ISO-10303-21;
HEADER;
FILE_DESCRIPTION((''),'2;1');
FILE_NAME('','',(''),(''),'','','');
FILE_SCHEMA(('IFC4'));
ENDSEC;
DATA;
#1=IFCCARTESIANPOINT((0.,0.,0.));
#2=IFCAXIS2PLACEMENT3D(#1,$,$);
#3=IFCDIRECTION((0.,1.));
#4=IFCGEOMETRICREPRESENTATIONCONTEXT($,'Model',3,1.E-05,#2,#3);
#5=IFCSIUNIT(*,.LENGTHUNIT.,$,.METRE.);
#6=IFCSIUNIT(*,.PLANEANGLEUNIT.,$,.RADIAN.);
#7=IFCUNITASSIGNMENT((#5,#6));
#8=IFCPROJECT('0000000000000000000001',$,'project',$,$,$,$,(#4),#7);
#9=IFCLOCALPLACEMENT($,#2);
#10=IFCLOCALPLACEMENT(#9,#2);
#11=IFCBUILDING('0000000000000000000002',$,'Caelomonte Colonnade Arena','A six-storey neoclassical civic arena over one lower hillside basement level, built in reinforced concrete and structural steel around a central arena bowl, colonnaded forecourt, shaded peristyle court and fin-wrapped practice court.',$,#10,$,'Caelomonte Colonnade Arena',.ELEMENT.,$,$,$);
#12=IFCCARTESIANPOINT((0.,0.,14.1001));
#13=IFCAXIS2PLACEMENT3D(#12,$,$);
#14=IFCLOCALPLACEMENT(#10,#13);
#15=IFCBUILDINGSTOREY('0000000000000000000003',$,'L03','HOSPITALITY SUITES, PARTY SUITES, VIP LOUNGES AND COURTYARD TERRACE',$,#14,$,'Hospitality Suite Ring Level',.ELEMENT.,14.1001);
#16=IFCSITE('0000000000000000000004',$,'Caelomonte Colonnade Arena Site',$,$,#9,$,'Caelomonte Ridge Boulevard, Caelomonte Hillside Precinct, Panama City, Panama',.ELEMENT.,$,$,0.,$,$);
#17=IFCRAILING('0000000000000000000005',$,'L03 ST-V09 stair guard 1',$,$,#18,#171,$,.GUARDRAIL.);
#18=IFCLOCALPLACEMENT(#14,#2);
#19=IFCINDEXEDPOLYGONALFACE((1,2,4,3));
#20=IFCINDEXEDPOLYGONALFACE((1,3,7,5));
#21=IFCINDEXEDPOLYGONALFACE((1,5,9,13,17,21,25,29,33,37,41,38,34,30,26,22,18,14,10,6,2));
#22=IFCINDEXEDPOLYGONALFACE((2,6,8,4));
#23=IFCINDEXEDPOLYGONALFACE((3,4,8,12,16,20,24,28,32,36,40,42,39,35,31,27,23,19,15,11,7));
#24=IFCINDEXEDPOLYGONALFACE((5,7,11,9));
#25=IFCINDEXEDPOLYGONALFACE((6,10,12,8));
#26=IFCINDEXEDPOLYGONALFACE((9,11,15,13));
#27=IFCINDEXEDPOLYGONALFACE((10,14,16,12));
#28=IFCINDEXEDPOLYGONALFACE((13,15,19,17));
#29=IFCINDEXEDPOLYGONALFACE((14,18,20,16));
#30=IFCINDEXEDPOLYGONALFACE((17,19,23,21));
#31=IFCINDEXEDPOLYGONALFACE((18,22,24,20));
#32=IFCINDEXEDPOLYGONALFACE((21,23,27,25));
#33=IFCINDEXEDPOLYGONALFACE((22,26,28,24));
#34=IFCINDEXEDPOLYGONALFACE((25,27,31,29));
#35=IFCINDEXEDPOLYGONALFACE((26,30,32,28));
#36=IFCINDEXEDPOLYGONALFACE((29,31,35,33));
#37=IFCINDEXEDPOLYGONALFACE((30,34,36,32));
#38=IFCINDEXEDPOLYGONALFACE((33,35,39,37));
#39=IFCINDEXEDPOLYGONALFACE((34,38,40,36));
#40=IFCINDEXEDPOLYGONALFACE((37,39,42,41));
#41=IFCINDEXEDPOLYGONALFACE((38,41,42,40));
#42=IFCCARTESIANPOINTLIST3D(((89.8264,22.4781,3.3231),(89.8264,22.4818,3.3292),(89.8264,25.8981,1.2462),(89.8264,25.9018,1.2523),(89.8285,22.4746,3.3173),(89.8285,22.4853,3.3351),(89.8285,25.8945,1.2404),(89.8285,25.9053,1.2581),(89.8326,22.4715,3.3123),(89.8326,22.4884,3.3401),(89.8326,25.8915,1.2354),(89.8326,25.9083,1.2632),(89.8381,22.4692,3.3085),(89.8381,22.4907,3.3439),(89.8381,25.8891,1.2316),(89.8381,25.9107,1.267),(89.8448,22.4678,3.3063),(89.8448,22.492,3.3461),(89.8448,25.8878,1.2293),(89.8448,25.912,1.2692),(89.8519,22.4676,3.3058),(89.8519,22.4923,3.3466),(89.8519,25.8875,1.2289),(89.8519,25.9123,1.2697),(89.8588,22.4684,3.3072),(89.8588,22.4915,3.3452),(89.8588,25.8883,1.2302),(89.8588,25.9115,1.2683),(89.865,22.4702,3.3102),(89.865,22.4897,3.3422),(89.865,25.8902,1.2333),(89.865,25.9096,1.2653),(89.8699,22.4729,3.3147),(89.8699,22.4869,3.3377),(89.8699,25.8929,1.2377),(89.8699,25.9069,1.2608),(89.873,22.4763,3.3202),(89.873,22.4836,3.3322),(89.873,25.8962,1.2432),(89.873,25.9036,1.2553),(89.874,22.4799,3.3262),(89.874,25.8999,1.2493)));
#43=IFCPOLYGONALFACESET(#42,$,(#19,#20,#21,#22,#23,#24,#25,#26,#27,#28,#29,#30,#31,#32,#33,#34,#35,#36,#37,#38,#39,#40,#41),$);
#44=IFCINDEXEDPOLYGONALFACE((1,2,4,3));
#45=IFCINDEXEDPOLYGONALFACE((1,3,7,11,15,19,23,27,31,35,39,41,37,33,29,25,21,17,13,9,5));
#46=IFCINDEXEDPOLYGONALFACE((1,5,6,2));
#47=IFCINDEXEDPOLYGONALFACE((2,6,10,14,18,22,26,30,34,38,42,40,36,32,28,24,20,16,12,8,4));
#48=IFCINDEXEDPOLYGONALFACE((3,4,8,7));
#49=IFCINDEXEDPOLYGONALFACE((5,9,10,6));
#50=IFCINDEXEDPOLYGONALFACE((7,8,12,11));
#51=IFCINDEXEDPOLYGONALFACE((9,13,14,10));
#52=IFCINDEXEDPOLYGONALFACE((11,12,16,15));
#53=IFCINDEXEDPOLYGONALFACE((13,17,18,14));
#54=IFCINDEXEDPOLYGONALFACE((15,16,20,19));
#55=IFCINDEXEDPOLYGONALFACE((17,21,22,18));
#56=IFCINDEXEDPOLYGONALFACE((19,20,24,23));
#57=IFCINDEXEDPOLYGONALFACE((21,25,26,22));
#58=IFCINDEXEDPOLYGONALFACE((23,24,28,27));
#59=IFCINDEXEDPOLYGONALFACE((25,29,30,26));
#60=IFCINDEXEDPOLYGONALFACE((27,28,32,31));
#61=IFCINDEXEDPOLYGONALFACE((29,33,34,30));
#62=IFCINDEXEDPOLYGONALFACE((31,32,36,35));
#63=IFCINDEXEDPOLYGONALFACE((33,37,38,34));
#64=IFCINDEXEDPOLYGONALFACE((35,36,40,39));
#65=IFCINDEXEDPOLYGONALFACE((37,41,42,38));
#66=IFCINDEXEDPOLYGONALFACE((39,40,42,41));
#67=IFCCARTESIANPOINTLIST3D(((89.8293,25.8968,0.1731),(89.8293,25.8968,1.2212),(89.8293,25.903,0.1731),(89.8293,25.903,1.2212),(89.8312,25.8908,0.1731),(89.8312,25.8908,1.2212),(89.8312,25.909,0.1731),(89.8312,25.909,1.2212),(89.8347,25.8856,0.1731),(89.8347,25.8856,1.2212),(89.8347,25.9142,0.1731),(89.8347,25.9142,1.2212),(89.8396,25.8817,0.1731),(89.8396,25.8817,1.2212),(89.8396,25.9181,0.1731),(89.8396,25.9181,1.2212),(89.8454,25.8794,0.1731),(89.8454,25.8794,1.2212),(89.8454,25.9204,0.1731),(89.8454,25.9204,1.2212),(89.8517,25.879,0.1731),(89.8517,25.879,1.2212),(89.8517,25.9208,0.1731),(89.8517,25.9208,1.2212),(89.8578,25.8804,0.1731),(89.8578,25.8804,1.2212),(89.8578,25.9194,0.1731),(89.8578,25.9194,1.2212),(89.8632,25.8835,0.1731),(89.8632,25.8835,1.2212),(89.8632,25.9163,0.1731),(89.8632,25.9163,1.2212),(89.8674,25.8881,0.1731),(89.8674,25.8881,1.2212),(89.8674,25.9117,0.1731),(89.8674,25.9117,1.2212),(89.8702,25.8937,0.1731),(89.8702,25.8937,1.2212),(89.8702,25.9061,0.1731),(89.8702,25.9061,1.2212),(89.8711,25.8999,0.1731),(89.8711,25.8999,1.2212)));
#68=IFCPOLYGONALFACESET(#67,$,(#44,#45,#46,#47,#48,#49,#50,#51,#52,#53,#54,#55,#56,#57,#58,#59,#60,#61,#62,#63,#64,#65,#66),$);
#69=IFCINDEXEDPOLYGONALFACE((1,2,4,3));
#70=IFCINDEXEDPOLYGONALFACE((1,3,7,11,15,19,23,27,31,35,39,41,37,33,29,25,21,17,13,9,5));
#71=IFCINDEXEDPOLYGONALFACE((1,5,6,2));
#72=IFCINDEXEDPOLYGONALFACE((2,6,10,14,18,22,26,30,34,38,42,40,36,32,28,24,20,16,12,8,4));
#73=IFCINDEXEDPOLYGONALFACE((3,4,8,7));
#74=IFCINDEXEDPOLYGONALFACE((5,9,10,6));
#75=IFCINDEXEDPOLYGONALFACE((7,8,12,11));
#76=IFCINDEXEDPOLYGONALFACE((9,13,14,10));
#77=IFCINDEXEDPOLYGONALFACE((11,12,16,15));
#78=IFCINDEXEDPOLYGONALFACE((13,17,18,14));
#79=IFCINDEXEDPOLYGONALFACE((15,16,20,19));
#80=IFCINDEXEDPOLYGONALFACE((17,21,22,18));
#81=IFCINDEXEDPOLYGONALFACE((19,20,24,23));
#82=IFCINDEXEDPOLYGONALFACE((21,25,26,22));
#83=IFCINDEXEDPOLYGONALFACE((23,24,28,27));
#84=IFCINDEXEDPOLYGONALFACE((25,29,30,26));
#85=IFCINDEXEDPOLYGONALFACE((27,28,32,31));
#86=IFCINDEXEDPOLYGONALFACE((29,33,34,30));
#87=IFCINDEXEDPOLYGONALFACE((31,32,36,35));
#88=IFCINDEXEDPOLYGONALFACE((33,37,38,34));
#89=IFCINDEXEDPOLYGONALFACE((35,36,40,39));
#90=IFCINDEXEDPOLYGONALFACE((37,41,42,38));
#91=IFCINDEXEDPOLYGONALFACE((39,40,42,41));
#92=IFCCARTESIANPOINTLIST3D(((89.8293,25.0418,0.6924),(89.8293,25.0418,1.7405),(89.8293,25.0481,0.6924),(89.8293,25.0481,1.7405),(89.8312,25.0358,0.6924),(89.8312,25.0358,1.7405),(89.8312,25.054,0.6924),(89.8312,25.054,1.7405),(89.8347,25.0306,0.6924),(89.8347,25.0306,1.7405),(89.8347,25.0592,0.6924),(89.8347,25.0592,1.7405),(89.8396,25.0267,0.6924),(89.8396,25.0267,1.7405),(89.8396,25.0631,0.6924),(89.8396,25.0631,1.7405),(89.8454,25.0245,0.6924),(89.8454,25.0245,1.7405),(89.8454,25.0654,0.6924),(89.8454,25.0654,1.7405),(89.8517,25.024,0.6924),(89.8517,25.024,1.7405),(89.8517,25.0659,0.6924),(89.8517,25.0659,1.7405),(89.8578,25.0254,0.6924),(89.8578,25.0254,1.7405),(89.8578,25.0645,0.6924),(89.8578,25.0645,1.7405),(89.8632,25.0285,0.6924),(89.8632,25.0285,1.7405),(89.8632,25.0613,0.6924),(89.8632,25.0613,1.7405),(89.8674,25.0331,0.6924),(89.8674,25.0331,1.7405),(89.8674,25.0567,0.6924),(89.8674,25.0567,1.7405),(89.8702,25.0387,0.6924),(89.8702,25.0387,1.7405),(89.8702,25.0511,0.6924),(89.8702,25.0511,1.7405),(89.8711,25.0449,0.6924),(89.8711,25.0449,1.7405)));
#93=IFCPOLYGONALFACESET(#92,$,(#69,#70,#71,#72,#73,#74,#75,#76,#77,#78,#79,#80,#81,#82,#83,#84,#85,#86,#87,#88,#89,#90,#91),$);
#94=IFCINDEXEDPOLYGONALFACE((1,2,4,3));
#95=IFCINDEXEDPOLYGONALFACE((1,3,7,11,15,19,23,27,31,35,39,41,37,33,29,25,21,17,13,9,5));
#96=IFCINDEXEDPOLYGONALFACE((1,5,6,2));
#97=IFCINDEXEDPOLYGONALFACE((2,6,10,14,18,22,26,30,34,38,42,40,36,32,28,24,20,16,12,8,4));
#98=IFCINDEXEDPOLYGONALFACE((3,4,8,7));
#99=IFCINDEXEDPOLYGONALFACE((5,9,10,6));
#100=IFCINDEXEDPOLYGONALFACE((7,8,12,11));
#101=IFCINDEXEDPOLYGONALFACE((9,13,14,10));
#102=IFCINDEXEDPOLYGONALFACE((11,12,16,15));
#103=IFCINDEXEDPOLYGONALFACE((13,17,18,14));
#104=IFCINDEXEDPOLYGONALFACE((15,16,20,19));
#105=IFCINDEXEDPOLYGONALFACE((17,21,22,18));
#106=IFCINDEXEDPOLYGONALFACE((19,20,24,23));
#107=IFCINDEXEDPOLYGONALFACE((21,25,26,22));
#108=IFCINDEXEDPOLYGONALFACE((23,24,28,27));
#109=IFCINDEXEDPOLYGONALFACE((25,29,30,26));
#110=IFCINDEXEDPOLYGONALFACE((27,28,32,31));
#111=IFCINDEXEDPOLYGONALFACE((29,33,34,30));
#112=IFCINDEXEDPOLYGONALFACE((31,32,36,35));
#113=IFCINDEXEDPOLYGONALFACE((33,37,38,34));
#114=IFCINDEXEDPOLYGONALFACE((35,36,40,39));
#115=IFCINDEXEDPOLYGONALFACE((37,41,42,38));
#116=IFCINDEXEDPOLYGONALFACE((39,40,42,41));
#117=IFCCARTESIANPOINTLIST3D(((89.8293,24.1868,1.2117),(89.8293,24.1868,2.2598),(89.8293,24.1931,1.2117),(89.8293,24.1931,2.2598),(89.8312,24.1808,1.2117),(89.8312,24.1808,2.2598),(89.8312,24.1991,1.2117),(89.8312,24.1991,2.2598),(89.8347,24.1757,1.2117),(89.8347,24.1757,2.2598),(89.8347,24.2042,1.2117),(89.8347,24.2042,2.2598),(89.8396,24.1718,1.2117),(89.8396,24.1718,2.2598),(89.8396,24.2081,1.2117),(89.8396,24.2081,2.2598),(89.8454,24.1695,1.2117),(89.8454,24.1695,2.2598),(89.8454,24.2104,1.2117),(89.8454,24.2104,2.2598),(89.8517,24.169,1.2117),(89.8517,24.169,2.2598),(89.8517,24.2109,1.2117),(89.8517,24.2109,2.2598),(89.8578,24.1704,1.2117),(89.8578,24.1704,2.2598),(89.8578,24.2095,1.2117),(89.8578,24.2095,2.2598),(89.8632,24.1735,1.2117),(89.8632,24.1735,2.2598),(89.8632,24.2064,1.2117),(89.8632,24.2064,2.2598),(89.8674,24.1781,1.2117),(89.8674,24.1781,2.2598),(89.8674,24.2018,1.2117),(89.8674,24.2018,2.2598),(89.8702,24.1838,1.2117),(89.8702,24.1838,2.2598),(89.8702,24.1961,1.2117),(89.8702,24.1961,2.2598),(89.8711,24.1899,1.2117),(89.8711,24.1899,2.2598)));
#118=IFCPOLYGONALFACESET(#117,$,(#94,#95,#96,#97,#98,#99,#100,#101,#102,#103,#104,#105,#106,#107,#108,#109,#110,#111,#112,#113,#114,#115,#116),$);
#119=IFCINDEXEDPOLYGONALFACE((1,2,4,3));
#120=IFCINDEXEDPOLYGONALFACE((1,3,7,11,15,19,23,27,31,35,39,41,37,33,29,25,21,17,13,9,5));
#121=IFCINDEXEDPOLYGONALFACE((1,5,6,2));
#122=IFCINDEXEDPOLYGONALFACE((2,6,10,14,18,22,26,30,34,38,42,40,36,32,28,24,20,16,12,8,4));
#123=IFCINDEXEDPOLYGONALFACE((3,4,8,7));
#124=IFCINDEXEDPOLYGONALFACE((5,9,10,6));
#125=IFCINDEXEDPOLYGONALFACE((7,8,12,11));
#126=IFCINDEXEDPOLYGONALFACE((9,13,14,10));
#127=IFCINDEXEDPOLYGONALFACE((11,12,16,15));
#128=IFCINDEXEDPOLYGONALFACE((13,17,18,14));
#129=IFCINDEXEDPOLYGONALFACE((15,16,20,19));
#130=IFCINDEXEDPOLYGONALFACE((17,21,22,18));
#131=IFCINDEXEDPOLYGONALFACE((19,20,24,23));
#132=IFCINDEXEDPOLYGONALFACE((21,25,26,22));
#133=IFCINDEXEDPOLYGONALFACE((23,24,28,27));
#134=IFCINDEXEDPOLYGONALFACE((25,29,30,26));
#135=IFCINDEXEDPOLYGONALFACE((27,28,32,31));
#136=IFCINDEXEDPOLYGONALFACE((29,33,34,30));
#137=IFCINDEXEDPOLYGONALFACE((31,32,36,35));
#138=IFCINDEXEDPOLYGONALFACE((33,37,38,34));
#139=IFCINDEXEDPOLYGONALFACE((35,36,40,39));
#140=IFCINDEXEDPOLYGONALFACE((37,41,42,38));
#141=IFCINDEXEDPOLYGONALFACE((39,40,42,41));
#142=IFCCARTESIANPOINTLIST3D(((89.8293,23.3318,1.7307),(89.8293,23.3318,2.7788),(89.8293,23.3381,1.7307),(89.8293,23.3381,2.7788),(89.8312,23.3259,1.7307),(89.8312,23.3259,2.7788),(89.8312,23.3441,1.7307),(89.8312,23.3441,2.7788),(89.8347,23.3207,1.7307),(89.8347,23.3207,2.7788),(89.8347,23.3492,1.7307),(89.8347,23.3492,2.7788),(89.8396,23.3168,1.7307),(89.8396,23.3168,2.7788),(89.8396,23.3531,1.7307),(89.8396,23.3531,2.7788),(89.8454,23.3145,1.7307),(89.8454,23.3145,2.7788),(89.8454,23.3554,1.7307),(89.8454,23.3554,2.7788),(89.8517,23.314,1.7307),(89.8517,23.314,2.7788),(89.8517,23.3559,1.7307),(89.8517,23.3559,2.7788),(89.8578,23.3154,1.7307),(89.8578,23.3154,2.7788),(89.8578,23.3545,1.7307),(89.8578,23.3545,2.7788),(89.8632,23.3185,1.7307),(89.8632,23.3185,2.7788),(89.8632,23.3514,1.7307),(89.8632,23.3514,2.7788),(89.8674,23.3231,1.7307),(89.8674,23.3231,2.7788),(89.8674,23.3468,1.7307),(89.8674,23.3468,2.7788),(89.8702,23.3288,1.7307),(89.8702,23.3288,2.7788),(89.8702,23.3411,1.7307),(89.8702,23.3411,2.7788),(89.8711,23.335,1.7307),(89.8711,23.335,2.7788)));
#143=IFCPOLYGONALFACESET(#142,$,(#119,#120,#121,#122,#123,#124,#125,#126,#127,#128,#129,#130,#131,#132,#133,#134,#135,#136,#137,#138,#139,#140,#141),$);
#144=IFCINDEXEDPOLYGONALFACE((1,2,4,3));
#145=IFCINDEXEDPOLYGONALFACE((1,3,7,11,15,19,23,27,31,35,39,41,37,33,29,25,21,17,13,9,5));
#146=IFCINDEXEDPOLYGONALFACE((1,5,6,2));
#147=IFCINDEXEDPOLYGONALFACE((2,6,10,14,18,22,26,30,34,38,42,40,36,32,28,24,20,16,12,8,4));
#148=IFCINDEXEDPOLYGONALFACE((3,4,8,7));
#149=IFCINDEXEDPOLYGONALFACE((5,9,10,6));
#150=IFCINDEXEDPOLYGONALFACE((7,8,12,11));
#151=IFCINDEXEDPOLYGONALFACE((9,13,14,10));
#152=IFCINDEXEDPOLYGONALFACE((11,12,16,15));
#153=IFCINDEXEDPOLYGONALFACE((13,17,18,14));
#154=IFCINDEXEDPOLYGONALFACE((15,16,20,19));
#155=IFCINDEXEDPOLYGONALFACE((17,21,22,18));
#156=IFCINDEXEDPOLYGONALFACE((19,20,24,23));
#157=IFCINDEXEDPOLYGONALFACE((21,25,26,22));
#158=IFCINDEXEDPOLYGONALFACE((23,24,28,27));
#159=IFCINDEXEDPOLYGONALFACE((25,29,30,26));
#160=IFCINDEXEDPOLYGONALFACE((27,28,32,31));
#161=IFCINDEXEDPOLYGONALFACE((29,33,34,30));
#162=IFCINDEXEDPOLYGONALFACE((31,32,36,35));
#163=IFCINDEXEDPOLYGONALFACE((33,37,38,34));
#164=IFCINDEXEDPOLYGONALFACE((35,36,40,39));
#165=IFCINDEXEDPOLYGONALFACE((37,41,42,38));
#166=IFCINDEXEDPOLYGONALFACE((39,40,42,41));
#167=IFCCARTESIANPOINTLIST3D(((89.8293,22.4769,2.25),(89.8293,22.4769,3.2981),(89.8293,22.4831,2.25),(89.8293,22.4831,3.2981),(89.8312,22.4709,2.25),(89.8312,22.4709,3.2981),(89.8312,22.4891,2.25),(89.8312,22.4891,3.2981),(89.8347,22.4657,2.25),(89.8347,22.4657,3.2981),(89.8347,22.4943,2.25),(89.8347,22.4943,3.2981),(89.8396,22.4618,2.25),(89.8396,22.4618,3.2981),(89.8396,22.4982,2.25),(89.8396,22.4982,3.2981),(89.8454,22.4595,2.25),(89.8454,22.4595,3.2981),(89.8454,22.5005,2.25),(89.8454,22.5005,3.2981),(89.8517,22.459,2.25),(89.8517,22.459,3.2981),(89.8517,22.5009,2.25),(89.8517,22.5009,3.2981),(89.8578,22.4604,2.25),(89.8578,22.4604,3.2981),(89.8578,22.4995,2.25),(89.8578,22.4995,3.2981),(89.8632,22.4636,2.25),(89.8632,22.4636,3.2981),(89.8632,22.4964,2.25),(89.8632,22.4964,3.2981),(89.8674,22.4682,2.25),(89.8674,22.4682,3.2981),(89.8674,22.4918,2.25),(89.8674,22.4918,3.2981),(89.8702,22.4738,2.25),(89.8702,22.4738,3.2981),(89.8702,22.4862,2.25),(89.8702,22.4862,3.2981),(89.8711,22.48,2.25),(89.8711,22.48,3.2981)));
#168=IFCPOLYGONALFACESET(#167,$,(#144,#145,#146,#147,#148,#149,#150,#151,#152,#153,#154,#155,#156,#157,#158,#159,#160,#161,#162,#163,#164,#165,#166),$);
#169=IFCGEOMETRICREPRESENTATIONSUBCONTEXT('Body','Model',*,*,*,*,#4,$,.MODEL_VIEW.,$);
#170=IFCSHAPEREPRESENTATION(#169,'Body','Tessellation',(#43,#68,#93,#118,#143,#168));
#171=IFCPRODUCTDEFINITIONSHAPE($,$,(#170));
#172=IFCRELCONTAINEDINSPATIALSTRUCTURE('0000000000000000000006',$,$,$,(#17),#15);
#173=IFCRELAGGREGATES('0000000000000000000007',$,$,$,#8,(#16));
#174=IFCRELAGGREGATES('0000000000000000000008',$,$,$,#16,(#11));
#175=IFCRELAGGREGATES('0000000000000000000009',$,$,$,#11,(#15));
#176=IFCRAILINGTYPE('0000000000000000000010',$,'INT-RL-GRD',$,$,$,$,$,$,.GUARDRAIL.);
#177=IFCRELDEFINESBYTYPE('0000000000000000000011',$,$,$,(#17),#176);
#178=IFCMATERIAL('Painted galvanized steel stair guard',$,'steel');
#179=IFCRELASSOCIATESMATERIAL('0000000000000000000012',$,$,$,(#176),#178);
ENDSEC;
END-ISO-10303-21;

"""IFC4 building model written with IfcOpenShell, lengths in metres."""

from ifc_helpers import new_model, si_unit, direction, frame, origin, origin_2d, place, context, subcontext, project, spatial, circle, extrude, material, type_object, element, save


model = new_model("IFC4")

# Units and contexts
model_context = context("Model", 3, precision=1e-05, world=origin(), true_north=direction((0.0, 1.0)))
body_context = subcontext(model_context, "Body", "Model", "MODEL_VIEW")
ifc_project = project(units=[si_unit("LENGTHUNIT", "METRE"), si_unit("PLANEANGLEUNIT", "RADIAN")], contexts=[model_context])

# Site, building, storey
site_placement = place(None, origin())
site = spatial("IfcSite", under=ifc_project, at=site_placement, Name="Caelomonte Colonnade Arena Site", LongName="Caelomonte Ridge Boulevard, Caelomonte Hillside Precinct, Panama City, Panama", CompositionType="ELEMENT", RefElevation=0.0)
building_placement = place(site_placement, origin())
building = spatial("IfcBuilding", under=site, at=building_placement, Name="Caelomonte Colonnade Arena", Description="A six-storey neoclassical civic arena over one lower hillside basement level, built in reinforced concrete and structural steel around a central arena bowl, colonnaded forecourt, shaded peristyle court and fin-wrapped practice court.", LongName="Caelomonte Colonnade Arena", CompositionType="ELEMENT")
storey_placement = place(building_placement, frame((0.0, 0.0, 14.1001)))
storey = spatial("IfcBuildingStorey", under=building, at=storey_placement, Name="L03", Description="HOSPITALITY SUITES, PARTY SUITES, VIP LOUNGES AND COURTYARD TERRACE", LongName="Hospitality Suite Ring Level", CompositionType="ELEMENT", Elevation=14.1001)

# Railing
ifc_material_1 = material(Name="Painted galvanized steel stair guard", Category="steel")
railing_type_1 = type_object("IfcRailingType", Name="INT-RL-GRD", PredefinedType="GUARDRAIL", material=ifc_material_1)
railing_1_placement = place(storey_placement, frame((89.8501, 25.8999, 0.1731)))
element("IfcRailing", 1, at=railing_1_placement, inside=storey, type_object=railing_type_1, Name="L03 ST-V09 stair guard 1", PredefinedType="GUARDRAIL", context=body_context, shape_type="SweptSolid", body=[
    extrude(circle(Radius=0.0239, at=origin_2d()), frame((0.0, 0.0, 1.0762), z_axis=(0.0, -0.85473, 0.519074), x_axis=(1.0, 0.0, 0.0)), (0.0, 0.0, 1.0), 4.0012),
    extrude(circle(Radius=0.021, at=origin_2d()), origin(), (0.0, 0.0, 1.0), 1.0481),
    extrude(circle(Radius=0.021, at=origin_2d()), frame((0.0, -0.855, 0.5193)), (0.0, 0.0, 1.0), 1.0481),
    extrude(circle(Radius=0.021, at=origin_2d()), frame((0.0, -1.71, 1.0386)), (0.0, 0.0, 1.0), 1.0481),
    extrude(circle(Radius=0.021, at=origin_2d()), frame((0.0, -2.5649, 1.5576)), (0.0, 0.0, 1.0), 1.0481),
    extrude(circle(Radius=0.021, at=origin_2d()), frame((0.0, -3.4199, 2.0769)), (0.0, 0.0, 1.0), 1.0481),
])

save(model, "model.ifc")
